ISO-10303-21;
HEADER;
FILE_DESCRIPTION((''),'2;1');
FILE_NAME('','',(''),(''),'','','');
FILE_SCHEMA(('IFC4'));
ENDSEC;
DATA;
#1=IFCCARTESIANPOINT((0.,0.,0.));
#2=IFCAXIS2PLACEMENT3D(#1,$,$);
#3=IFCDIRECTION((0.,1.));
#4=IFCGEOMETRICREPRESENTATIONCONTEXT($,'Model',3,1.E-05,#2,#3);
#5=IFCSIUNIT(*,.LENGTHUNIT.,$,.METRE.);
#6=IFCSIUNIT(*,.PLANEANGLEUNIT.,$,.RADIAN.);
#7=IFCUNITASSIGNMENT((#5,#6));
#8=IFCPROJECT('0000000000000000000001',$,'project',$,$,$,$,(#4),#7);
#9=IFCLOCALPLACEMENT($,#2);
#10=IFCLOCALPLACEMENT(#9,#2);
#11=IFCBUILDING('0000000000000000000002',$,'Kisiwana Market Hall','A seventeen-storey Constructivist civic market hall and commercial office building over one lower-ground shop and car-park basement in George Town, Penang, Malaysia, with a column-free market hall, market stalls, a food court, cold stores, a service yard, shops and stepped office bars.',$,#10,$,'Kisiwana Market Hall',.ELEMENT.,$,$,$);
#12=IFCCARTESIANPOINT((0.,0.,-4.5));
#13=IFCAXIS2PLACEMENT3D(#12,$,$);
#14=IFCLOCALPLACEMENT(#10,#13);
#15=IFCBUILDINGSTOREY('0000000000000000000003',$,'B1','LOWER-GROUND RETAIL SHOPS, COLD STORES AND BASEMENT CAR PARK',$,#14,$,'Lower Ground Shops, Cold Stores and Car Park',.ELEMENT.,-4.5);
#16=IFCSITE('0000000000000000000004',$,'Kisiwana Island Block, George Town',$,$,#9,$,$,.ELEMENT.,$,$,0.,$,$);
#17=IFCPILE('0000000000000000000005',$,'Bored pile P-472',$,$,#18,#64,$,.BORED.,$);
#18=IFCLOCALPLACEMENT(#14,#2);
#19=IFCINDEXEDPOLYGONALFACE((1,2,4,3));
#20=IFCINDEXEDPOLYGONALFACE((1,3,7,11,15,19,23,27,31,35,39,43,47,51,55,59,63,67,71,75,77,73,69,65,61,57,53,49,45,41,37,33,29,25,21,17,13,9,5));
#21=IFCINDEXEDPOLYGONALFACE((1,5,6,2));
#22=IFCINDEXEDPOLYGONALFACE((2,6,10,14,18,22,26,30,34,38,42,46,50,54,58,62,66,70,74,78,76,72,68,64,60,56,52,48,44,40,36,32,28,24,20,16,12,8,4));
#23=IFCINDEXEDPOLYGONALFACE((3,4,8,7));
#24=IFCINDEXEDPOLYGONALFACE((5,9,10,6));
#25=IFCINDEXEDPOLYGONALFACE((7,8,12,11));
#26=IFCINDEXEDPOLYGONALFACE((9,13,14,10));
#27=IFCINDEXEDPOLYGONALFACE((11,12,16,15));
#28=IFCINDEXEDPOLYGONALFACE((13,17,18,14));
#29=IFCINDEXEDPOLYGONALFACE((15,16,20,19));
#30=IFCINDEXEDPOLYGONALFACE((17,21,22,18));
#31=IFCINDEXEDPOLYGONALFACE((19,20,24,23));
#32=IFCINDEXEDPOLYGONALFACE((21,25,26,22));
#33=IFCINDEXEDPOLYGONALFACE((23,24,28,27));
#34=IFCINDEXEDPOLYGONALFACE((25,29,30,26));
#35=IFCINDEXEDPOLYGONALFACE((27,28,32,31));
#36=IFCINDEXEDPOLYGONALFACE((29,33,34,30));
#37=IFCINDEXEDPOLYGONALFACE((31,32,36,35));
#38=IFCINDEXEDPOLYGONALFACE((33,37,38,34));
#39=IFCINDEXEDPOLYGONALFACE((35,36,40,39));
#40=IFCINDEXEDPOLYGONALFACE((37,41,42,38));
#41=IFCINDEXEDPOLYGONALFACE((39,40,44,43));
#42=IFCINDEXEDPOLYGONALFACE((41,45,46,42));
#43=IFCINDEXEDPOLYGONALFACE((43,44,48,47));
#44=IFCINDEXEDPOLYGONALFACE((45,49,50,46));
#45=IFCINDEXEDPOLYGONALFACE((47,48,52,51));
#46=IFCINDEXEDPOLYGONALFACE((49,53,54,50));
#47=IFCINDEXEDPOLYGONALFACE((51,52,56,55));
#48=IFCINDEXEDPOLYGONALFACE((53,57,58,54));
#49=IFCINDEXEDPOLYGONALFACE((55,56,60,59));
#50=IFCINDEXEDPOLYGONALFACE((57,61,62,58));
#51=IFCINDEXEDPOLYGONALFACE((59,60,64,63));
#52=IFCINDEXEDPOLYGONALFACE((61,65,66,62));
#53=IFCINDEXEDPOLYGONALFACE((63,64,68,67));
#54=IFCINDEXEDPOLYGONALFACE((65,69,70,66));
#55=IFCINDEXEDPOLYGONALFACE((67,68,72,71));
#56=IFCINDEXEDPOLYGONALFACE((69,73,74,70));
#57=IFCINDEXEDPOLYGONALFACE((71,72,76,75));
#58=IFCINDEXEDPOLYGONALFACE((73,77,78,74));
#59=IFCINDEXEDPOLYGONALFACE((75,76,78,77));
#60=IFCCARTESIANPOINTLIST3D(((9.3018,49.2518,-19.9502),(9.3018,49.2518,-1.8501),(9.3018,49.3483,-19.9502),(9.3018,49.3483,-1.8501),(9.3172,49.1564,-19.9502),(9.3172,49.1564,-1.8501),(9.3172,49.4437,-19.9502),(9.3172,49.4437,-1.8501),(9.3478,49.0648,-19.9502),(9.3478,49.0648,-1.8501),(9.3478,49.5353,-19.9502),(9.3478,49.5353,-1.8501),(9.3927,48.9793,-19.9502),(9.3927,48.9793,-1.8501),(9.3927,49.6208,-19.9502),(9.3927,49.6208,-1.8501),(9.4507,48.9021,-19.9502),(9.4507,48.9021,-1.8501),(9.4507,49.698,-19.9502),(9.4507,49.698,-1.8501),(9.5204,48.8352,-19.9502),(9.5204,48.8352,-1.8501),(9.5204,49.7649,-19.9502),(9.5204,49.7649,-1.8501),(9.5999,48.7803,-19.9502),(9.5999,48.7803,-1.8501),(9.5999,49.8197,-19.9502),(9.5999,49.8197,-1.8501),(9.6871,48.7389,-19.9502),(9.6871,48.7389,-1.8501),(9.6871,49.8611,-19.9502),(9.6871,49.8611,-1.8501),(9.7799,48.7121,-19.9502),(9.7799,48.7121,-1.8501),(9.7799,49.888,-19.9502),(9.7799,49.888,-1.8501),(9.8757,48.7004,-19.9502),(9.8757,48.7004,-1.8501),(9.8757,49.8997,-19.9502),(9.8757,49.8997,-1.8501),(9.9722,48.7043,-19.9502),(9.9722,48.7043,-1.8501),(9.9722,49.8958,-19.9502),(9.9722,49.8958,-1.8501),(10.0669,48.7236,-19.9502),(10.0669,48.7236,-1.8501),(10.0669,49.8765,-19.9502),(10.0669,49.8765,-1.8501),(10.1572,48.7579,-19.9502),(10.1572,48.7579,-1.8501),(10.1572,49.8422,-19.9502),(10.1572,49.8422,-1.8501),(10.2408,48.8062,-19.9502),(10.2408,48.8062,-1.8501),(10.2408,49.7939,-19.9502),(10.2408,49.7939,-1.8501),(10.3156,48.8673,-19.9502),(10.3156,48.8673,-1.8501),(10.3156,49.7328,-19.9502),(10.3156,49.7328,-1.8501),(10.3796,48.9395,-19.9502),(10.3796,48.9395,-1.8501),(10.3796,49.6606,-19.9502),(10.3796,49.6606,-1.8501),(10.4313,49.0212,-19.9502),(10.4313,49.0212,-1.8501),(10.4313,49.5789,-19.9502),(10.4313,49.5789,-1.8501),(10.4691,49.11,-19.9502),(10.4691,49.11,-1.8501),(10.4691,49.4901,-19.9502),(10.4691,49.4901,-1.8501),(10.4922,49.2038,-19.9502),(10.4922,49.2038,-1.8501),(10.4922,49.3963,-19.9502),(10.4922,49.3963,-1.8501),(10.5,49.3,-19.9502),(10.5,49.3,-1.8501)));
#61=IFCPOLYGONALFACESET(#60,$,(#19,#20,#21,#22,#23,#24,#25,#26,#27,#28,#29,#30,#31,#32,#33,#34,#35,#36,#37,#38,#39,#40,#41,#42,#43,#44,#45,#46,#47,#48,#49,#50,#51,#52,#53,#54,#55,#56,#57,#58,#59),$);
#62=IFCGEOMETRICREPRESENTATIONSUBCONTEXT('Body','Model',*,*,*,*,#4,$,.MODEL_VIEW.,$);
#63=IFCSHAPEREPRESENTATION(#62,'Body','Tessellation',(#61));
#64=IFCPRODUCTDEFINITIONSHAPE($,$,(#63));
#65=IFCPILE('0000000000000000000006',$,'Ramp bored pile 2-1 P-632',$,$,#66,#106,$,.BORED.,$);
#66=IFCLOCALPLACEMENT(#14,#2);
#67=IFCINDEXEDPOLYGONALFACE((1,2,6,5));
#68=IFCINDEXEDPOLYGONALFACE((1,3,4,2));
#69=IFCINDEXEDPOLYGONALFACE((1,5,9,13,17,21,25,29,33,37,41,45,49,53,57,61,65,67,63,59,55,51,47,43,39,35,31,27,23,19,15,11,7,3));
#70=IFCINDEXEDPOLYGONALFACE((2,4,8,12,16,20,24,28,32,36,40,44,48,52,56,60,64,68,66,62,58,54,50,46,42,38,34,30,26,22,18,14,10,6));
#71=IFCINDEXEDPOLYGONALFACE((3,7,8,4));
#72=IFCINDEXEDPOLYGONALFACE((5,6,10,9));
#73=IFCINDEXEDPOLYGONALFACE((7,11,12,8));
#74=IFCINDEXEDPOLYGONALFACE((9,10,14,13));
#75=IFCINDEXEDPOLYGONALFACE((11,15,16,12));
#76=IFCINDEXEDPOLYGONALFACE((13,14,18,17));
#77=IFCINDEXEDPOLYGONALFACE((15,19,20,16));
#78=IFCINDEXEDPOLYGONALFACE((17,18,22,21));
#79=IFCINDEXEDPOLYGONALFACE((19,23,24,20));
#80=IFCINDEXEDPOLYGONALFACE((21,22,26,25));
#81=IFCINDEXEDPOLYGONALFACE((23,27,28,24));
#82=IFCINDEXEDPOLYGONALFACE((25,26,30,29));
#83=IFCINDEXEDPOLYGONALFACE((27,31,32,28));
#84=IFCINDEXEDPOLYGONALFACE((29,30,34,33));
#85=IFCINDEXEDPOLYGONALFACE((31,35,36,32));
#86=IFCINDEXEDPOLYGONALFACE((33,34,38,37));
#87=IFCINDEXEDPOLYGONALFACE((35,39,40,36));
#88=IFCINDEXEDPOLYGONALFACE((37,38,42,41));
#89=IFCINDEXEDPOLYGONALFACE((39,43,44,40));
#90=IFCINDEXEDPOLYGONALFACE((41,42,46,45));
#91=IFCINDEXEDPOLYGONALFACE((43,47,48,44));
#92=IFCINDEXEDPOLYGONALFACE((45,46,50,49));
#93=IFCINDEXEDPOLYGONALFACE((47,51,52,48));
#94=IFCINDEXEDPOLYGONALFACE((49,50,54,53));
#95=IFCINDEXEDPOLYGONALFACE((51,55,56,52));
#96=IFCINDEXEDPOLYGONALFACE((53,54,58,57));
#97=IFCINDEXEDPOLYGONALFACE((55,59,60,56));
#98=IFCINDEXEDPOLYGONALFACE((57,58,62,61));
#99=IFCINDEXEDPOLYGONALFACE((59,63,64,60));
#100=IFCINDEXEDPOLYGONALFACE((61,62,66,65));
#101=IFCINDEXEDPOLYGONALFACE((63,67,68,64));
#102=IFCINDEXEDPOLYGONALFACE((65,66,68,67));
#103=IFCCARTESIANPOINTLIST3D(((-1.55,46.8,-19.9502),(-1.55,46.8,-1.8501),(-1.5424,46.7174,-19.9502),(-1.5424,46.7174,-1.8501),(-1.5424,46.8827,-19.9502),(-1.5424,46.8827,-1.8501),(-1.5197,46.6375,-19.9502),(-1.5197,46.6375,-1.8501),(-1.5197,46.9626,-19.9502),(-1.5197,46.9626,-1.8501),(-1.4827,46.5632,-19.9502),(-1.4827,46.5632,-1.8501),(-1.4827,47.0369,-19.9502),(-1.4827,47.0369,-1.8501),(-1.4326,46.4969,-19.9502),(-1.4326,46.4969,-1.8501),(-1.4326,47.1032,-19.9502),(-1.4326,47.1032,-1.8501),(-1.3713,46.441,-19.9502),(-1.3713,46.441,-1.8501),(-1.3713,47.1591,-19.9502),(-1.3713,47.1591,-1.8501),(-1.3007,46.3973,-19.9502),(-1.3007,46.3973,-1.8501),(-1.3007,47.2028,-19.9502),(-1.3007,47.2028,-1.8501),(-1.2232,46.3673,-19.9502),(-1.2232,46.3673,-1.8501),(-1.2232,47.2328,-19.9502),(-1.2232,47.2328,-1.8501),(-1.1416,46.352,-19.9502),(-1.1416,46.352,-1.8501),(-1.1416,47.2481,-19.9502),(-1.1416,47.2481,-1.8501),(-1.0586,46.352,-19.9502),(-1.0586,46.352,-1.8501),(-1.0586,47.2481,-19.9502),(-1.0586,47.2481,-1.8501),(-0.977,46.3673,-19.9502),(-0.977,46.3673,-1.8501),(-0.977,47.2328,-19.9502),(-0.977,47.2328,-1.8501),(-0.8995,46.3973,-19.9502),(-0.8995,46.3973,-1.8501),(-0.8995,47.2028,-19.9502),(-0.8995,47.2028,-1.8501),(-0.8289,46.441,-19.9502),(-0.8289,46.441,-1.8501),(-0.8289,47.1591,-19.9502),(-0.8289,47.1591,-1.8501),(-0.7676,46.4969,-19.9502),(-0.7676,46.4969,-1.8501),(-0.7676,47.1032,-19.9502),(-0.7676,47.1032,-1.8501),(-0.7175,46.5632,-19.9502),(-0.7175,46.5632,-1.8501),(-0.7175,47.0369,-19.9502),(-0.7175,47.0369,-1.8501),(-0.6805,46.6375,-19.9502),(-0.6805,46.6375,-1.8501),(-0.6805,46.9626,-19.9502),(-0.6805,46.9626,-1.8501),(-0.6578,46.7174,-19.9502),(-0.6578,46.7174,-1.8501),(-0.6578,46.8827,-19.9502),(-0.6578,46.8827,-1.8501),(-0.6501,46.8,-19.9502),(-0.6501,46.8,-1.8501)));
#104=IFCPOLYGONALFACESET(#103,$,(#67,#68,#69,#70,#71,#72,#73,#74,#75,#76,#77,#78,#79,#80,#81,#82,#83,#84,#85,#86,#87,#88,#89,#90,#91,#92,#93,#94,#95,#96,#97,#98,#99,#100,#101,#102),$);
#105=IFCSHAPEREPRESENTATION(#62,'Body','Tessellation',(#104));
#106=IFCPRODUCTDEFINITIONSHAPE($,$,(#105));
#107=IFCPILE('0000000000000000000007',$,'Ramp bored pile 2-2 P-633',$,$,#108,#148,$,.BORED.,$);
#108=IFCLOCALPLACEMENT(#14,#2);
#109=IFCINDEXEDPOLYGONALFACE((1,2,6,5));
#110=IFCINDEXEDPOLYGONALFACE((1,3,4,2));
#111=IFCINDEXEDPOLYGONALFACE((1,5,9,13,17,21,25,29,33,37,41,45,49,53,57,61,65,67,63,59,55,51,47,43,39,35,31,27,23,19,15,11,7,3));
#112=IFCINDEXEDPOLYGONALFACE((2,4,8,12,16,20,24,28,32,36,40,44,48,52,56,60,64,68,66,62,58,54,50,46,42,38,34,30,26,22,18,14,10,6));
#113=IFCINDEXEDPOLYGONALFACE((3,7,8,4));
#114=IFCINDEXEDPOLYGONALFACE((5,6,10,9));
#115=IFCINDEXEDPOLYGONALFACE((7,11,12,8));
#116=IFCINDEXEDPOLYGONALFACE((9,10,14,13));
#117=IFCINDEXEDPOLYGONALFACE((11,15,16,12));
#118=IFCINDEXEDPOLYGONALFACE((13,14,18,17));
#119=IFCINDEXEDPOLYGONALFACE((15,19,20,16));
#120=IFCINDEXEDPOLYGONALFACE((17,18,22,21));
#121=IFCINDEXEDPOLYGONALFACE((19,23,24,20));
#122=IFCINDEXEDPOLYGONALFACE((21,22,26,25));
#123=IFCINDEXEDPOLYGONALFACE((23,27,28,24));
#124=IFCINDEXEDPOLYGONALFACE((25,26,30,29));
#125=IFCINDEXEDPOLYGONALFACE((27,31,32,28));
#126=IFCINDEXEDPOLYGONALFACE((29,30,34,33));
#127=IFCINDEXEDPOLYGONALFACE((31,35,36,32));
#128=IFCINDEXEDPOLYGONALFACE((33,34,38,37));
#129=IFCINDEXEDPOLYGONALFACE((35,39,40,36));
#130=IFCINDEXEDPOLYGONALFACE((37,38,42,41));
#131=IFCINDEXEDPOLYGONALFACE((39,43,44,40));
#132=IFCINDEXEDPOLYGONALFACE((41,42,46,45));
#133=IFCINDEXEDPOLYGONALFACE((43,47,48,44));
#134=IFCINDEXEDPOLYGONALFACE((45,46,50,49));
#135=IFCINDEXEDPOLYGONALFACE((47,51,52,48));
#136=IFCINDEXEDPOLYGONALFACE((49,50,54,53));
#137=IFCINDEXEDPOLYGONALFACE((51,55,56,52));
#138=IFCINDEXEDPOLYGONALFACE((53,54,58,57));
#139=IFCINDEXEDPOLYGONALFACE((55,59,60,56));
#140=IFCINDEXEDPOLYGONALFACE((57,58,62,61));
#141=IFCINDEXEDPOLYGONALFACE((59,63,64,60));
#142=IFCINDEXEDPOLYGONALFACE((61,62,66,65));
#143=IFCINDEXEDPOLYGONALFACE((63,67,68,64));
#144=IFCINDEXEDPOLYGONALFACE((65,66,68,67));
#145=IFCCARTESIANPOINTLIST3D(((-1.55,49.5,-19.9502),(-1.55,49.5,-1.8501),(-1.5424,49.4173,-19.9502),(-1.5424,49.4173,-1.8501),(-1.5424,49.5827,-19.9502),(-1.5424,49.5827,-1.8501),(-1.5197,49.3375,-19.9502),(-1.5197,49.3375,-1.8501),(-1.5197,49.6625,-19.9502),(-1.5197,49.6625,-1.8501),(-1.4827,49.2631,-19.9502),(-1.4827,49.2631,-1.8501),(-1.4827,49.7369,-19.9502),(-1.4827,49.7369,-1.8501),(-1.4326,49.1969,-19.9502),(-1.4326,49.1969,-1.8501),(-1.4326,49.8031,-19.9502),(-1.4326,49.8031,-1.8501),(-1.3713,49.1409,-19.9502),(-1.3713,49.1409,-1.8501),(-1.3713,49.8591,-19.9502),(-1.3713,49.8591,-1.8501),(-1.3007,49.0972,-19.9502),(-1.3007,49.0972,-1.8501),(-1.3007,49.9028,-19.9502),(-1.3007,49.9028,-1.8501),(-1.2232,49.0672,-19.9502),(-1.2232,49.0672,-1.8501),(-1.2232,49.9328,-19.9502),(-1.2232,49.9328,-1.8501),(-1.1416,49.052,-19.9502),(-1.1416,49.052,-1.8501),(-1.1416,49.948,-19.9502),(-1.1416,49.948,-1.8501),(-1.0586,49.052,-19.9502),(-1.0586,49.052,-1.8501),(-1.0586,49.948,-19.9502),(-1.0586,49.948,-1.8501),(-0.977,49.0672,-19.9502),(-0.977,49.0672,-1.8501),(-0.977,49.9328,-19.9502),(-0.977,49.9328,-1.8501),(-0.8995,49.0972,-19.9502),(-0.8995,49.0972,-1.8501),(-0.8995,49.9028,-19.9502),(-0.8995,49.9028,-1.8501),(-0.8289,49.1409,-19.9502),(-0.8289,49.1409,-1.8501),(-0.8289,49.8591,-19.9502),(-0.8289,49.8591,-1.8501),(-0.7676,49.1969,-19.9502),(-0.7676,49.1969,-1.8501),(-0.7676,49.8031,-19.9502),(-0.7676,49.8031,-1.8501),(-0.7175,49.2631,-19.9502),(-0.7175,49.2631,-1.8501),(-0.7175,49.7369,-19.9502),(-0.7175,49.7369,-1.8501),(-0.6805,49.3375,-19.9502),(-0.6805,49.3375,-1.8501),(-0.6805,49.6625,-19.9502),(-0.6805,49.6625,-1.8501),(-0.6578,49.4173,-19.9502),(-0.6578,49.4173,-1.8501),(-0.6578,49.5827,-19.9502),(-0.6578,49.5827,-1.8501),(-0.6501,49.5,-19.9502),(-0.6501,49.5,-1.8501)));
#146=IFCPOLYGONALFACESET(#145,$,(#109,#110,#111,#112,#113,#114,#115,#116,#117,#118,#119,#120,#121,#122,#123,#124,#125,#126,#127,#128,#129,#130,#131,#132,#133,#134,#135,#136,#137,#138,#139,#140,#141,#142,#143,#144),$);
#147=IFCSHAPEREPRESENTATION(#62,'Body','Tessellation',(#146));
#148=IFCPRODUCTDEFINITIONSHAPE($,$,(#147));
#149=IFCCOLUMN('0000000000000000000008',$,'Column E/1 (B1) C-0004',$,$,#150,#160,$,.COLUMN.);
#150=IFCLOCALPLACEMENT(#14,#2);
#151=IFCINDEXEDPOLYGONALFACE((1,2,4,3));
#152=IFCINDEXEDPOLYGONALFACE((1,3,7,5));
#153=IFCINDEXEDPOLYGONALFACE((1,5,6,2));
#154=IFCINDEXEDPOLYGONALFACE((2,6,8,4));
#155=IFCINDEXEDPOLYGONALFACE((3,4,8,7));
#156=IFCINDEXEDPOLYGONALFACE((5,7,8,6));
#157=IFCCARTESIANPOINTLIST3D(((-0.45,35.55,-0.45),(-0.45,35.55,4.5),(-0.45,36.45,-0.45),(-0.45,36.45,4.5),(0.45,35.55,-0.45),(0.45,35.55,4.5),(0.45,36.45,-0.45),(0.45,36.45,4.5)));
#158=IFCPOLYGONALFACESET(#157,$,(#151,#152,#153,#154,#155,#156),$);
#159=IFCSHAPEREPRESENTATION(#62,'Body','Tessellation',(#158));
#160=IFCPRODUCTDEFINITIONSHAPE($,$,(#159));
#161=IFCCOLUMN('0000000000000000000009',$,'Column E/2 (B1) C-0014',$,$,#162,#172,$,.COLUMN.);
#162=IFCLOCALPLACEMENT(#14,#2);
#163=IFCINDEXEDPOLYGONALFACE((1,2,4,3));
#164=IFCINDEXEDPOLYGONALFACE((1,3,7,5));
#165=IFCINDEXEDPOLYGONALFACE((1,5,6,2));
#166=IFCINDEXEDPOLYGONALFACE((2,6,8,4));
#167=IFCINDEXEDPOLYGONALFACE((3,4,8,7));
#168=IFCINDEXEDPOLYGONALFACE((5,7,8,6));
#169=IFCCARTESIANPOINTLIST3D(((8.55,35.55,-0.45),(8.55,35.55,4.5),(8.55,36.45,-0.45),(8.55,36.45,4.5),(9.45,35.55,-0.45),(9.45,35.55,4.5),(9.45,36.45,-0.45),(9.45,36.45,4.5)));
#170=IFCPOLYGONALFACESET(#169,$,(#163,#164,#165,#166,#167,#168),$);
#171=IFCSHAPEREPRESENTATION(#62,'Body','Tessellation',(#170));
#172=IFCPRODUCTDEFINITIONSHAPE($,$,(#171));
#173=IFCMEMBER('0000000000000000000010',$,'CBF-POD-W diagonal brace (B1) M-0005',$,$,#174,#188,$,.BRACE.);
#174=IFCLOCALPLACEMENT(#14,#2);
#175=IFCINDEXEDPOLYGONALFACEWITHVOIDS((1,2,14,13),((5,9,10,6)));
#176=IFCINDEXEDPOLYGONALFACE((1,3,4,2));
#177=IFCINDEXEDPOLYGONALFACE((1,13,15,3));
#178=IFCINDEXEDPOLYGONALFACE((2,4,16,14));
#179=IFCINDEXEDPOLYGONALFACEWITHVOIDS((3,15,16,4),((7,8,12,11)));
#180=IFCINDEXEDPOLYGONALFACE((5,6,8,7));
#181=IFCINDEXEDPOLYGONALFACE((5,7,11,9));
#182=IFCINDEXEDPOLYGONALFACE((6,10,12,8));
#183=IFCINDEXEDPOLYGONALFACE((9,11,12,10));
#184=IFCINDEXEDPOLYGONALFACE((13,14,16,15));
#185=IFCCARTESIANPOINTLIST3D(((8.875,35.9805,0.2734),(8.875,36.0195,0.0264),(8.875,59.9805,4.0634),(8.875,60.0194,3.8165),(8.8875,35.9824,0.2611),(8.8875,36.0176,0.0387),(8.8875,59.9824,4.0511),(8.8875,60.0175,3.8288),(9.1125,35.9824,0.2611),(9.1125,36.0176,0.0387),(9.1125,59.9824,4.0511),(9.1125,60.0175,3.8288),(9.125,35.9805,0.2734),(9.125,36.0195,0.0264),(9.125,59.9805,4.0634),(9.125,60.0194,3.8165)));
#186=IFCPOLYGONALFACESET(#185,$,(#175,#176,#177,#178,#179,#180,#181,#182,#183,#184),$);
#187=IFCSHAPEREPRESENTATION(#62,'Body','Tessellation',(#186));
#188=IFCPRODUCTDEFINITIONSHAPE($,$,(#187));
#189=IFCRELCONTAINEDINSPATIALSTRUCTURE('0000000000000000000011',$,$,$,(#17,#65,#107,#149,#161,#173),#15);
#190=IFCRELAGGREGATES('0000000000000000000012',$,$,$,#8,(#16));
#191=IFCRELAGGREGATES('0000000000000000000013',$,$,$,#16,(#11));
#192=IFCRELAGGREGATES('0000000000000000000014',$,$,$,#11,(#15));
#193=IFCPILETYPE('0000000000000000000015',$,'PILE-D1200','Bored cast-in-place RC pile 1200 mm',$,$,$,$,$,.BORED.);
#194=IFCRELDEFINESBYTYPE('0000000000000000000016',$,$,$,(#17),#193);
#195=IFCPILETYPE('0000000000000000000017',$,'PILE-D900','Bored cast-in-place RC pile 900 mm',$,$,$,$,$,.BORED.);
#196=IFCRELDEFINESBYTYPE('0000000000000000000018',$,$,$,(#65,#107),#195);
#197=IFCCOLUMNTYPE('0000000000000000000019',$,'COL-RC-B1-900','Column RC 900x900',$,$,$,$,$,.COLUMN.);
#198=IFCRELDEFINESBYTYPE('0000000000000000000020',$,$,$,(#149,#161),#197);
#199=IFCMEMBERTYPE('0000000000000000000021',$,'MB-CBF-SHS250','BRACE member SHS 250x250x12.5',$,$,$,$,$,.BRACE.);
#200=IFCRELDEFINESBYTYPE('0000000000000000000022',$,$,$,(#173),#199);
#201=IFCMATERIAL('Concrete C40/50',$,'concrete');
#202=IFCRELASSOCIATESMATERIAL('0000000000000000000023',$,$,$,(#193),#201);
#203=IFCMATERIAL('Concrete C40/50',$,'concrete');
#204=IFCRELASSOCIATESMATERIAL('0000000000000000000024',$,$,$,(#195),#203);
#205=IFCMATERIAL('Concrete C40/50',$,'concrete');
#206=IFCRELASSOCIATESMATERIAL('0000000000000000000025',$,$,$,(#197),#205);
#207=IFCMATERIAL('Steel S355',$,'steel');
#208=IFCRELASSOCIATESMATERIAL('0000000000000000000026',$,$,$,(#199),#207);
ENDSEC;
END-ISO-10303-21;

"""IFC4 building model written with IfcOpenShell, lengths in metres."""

from ifc_helpers import new_model, si_unit, direction, frame, origin, origin_2d, place, context, subcontext, project, spatial, rectangle, hollow_rectangle, circle, extrude, material, material_profile, profile_set, type_object, element, save


model = new_model("IFC4")

# Units and contexts
model_context = context("Model", 3, precision=1e-05, world=origin(), true_north=direction((0.0, 1.0)))
body_context = subcontext(model_context, "Body", "Model", "MODEL_VIEW")
ifc_project = project(units=[si_unit("LENGTHUNIT", "METRE"), si_unit("PLANEANGLEUNIT", "RADIAN")], contexts=[model_context])

# Site, building, storey
site_placement = place(None, origin())
site = spatial("IfcSite", under=ifc_project, at=site_placement, Name="Kisiwana Island Block, George Town", CompositionType="ELEMENT", RefElevation=0.0)
building_placement = place(site_placement, origin())
building = spatial("IfcBuilding", under=site, at=building_placement, Name="Kisiwana Market Hall", Description="A seventeen-storey Constructivist civic market hall and commercial office building over one lower-ground shop and car-park basement in George Town, Penang, Malaysia, with a column-free market hall, market stalls, a food court, cold stores, a service yard, shops and stepped office bars.", LongName="Kisiwana Market Hall", CompositionType="ELEMENT")
storey_placement = place(building_placement, frame((0.0, 0.0, -4.5)))
storey = spatial("IfcBuildingStorey", under=building, at=storey_placement, Name="B1", Description="LOWER-GROUND RETAIL SHOPS, COLD STORES AND BASEMENT CAR PARK", LongName="Lower Ground Shops, Cold Stores and Car Park", CompositionType="ELEMENT", Elevation=-4.5)

# Piles
ifc_material_1 = material(Name="Concrete C40/50", Category="concrete")
ifc_material_profile_1 = material_profile(ifc_material_1, circle(Radius=0.6001, at=origin_2d()), Name="BP D1200")
ifc_profile_set_1 = profile_set([ifc_material_profile_1], Name="Concrete C40/50")
pile_type_1 = type_object("IfcPileType", Name="PILE-D1200", Description="Bored cast-in-place RC pile 1200 mm", PredefinedType="BORED", material=ifc_profile_set_1)
for number, where, z_axis, x_axis, name in (
    (1, (9.8999, 49.3, -1.8501), (0.0, 0.0, -1.0), (1.0, 0.0, 0.0), "Bored pile P-472"),
):
    element("IfcPile", number, at=place(storey_placement, frame(where, z_axis=z_axis, x_axis=x_axis)), inside=storey, type_object=pile_type_1, Name=name, PredefinedType="BORED", context=body_context, shape_type="SweptSolid", body=[
        extrude(circle(Radius=0.6001, at=origin_2d()), origin(), (0.0, 0.0, 1.0), 18.1001),
    ])
ifc_material_2 = material(Name="Concrete C40/50", Category="concrete")
ifc_material_profile_2 = material_profile(ifc_material_2, circle(Radius=0.45, at=origin_2d()), Name="BP D900")
ifc_profile_set_2 = profile_set([ifc_material_profile_2], Name="Concrete C40/50")
pile_type_2 = type_object("IfcPileType", Name="PILE-D900", Description="Bored cast-in-place RC pile 900 mm", PredefinedType="BORED", material=ifc_profile_set_2)
for number, where, z_axis, x_axis, name in (
    (2, (-1.1001, 46.8, -1.8501), (0.0, 0.0, -1.0), (1.0, 0.0, 0.0), "Ramp bored pile 2-1 P-632"),
    (3, (-1.1001, 49.5, -1.8501), (0.0, 0.0, -1.0), (1.0, 0.0, 0.0), "Ramp bored pile 2-2 P-633"),
):
    element("IfcPile", number, at=place(storey_placement, frame(where, z_axis=z_axis, x_axis=x_axis)), inside=storey, type_object=pile_type_2, Name=name, PredefinedType="BORED", context=body_context, shape_type="SweptSolid", body=[
        extrude(circle(Radius=0.45, at=origin_2d()), origin(), (0.0, 0.0, 1.0), 18.1001),
    ])

# Columns
ifc_material_3 = material(Name="Concrete C40/50", Category="concrete")
ifc_material_profile_3 = material_profile(ifc_material_3, rectangle(XDim=0.8999, YDim=0.8999, at=origin_2d()), Name="RC 900x900")
ifc_profile_set_3 = profile_set([ifc_material_profile_3], Name="Concrete C40/50")
column_type = type_object("IfcColumnType", Name="COL-RC-B1-900", Description="Column RC 900x900", PredefinedType="COLUMN", material=ifc_profile_set_3)
for number, where, z_axis, x_axis, name in (
    (4, (0.0, 36.0, -0.45), (0.0, 0.0, 1.0), (1.0, 0.0, 0.0), "Column E/1 (B1) C-0004"),
    (5, (9.0, 36.0, -0.45), (0.0, 0.0, 1.0), (1.0, 0.0, 0.0), "Column E/2 (B1) C-0014"),
):
    element("IfcColumn", number, at=place(storey_placement, frame(where, z_axis=z_axis, x_axis=x_axis)), inside=storey, type_object=column_type, Name=name, PredefinedType="COLUMN", context=body_context, shape_type="SweptSolid", body=[
        extrude(rectangle(XDim=0.8999, YDim=0.8999, at=origin_2d()), origin(), (0.0, 0.0, 1.0), 4.95),
    ])

# Member
ifc_material_4 = material(Name="Steel S355", Category="steel")
ifc_material_profile_4 = material_profile(ifc_material_4, hollow_rectangle(XDim=0.25, YDim=0.25, WallThickness=0.0125, at=origin_2d()), Name="SHS 250x250x12.5")
ifc_profile_set_4 = profile_set([ifc_material_profile_4], Name="Steel S355")
member_type = type_object("IfcMemberType", Name="MB-CBF-SHS250", Description="BRACE member SHS 250x250x12.5", PredefinedType="BRACE", material=ifc_profile_set_4)
member_placement = place(storey_placement, frame((9.0, 36.0, 0.1499), z_axis=(0.0, 0.987759, 0.155985), x_axis=(-1.0, 0.0, 0.0)))
element("IfcMember", 6, at=member_placement, inside=storey, type_object=member_type, Name="CBF-POD-W diagonal brace (B1) M-0005", PredefinedType="BRACE", context=body_context, shape_type="SweptSolid", body=[
    extrude(hollow_rectangle(XDim=0.25, YDim=0.25, WallThickness=0.0125, at=origin_2d()), origin(), (0.0, 0.0, 1.0), 24.2974),
])

save(model, "model.ifc")
